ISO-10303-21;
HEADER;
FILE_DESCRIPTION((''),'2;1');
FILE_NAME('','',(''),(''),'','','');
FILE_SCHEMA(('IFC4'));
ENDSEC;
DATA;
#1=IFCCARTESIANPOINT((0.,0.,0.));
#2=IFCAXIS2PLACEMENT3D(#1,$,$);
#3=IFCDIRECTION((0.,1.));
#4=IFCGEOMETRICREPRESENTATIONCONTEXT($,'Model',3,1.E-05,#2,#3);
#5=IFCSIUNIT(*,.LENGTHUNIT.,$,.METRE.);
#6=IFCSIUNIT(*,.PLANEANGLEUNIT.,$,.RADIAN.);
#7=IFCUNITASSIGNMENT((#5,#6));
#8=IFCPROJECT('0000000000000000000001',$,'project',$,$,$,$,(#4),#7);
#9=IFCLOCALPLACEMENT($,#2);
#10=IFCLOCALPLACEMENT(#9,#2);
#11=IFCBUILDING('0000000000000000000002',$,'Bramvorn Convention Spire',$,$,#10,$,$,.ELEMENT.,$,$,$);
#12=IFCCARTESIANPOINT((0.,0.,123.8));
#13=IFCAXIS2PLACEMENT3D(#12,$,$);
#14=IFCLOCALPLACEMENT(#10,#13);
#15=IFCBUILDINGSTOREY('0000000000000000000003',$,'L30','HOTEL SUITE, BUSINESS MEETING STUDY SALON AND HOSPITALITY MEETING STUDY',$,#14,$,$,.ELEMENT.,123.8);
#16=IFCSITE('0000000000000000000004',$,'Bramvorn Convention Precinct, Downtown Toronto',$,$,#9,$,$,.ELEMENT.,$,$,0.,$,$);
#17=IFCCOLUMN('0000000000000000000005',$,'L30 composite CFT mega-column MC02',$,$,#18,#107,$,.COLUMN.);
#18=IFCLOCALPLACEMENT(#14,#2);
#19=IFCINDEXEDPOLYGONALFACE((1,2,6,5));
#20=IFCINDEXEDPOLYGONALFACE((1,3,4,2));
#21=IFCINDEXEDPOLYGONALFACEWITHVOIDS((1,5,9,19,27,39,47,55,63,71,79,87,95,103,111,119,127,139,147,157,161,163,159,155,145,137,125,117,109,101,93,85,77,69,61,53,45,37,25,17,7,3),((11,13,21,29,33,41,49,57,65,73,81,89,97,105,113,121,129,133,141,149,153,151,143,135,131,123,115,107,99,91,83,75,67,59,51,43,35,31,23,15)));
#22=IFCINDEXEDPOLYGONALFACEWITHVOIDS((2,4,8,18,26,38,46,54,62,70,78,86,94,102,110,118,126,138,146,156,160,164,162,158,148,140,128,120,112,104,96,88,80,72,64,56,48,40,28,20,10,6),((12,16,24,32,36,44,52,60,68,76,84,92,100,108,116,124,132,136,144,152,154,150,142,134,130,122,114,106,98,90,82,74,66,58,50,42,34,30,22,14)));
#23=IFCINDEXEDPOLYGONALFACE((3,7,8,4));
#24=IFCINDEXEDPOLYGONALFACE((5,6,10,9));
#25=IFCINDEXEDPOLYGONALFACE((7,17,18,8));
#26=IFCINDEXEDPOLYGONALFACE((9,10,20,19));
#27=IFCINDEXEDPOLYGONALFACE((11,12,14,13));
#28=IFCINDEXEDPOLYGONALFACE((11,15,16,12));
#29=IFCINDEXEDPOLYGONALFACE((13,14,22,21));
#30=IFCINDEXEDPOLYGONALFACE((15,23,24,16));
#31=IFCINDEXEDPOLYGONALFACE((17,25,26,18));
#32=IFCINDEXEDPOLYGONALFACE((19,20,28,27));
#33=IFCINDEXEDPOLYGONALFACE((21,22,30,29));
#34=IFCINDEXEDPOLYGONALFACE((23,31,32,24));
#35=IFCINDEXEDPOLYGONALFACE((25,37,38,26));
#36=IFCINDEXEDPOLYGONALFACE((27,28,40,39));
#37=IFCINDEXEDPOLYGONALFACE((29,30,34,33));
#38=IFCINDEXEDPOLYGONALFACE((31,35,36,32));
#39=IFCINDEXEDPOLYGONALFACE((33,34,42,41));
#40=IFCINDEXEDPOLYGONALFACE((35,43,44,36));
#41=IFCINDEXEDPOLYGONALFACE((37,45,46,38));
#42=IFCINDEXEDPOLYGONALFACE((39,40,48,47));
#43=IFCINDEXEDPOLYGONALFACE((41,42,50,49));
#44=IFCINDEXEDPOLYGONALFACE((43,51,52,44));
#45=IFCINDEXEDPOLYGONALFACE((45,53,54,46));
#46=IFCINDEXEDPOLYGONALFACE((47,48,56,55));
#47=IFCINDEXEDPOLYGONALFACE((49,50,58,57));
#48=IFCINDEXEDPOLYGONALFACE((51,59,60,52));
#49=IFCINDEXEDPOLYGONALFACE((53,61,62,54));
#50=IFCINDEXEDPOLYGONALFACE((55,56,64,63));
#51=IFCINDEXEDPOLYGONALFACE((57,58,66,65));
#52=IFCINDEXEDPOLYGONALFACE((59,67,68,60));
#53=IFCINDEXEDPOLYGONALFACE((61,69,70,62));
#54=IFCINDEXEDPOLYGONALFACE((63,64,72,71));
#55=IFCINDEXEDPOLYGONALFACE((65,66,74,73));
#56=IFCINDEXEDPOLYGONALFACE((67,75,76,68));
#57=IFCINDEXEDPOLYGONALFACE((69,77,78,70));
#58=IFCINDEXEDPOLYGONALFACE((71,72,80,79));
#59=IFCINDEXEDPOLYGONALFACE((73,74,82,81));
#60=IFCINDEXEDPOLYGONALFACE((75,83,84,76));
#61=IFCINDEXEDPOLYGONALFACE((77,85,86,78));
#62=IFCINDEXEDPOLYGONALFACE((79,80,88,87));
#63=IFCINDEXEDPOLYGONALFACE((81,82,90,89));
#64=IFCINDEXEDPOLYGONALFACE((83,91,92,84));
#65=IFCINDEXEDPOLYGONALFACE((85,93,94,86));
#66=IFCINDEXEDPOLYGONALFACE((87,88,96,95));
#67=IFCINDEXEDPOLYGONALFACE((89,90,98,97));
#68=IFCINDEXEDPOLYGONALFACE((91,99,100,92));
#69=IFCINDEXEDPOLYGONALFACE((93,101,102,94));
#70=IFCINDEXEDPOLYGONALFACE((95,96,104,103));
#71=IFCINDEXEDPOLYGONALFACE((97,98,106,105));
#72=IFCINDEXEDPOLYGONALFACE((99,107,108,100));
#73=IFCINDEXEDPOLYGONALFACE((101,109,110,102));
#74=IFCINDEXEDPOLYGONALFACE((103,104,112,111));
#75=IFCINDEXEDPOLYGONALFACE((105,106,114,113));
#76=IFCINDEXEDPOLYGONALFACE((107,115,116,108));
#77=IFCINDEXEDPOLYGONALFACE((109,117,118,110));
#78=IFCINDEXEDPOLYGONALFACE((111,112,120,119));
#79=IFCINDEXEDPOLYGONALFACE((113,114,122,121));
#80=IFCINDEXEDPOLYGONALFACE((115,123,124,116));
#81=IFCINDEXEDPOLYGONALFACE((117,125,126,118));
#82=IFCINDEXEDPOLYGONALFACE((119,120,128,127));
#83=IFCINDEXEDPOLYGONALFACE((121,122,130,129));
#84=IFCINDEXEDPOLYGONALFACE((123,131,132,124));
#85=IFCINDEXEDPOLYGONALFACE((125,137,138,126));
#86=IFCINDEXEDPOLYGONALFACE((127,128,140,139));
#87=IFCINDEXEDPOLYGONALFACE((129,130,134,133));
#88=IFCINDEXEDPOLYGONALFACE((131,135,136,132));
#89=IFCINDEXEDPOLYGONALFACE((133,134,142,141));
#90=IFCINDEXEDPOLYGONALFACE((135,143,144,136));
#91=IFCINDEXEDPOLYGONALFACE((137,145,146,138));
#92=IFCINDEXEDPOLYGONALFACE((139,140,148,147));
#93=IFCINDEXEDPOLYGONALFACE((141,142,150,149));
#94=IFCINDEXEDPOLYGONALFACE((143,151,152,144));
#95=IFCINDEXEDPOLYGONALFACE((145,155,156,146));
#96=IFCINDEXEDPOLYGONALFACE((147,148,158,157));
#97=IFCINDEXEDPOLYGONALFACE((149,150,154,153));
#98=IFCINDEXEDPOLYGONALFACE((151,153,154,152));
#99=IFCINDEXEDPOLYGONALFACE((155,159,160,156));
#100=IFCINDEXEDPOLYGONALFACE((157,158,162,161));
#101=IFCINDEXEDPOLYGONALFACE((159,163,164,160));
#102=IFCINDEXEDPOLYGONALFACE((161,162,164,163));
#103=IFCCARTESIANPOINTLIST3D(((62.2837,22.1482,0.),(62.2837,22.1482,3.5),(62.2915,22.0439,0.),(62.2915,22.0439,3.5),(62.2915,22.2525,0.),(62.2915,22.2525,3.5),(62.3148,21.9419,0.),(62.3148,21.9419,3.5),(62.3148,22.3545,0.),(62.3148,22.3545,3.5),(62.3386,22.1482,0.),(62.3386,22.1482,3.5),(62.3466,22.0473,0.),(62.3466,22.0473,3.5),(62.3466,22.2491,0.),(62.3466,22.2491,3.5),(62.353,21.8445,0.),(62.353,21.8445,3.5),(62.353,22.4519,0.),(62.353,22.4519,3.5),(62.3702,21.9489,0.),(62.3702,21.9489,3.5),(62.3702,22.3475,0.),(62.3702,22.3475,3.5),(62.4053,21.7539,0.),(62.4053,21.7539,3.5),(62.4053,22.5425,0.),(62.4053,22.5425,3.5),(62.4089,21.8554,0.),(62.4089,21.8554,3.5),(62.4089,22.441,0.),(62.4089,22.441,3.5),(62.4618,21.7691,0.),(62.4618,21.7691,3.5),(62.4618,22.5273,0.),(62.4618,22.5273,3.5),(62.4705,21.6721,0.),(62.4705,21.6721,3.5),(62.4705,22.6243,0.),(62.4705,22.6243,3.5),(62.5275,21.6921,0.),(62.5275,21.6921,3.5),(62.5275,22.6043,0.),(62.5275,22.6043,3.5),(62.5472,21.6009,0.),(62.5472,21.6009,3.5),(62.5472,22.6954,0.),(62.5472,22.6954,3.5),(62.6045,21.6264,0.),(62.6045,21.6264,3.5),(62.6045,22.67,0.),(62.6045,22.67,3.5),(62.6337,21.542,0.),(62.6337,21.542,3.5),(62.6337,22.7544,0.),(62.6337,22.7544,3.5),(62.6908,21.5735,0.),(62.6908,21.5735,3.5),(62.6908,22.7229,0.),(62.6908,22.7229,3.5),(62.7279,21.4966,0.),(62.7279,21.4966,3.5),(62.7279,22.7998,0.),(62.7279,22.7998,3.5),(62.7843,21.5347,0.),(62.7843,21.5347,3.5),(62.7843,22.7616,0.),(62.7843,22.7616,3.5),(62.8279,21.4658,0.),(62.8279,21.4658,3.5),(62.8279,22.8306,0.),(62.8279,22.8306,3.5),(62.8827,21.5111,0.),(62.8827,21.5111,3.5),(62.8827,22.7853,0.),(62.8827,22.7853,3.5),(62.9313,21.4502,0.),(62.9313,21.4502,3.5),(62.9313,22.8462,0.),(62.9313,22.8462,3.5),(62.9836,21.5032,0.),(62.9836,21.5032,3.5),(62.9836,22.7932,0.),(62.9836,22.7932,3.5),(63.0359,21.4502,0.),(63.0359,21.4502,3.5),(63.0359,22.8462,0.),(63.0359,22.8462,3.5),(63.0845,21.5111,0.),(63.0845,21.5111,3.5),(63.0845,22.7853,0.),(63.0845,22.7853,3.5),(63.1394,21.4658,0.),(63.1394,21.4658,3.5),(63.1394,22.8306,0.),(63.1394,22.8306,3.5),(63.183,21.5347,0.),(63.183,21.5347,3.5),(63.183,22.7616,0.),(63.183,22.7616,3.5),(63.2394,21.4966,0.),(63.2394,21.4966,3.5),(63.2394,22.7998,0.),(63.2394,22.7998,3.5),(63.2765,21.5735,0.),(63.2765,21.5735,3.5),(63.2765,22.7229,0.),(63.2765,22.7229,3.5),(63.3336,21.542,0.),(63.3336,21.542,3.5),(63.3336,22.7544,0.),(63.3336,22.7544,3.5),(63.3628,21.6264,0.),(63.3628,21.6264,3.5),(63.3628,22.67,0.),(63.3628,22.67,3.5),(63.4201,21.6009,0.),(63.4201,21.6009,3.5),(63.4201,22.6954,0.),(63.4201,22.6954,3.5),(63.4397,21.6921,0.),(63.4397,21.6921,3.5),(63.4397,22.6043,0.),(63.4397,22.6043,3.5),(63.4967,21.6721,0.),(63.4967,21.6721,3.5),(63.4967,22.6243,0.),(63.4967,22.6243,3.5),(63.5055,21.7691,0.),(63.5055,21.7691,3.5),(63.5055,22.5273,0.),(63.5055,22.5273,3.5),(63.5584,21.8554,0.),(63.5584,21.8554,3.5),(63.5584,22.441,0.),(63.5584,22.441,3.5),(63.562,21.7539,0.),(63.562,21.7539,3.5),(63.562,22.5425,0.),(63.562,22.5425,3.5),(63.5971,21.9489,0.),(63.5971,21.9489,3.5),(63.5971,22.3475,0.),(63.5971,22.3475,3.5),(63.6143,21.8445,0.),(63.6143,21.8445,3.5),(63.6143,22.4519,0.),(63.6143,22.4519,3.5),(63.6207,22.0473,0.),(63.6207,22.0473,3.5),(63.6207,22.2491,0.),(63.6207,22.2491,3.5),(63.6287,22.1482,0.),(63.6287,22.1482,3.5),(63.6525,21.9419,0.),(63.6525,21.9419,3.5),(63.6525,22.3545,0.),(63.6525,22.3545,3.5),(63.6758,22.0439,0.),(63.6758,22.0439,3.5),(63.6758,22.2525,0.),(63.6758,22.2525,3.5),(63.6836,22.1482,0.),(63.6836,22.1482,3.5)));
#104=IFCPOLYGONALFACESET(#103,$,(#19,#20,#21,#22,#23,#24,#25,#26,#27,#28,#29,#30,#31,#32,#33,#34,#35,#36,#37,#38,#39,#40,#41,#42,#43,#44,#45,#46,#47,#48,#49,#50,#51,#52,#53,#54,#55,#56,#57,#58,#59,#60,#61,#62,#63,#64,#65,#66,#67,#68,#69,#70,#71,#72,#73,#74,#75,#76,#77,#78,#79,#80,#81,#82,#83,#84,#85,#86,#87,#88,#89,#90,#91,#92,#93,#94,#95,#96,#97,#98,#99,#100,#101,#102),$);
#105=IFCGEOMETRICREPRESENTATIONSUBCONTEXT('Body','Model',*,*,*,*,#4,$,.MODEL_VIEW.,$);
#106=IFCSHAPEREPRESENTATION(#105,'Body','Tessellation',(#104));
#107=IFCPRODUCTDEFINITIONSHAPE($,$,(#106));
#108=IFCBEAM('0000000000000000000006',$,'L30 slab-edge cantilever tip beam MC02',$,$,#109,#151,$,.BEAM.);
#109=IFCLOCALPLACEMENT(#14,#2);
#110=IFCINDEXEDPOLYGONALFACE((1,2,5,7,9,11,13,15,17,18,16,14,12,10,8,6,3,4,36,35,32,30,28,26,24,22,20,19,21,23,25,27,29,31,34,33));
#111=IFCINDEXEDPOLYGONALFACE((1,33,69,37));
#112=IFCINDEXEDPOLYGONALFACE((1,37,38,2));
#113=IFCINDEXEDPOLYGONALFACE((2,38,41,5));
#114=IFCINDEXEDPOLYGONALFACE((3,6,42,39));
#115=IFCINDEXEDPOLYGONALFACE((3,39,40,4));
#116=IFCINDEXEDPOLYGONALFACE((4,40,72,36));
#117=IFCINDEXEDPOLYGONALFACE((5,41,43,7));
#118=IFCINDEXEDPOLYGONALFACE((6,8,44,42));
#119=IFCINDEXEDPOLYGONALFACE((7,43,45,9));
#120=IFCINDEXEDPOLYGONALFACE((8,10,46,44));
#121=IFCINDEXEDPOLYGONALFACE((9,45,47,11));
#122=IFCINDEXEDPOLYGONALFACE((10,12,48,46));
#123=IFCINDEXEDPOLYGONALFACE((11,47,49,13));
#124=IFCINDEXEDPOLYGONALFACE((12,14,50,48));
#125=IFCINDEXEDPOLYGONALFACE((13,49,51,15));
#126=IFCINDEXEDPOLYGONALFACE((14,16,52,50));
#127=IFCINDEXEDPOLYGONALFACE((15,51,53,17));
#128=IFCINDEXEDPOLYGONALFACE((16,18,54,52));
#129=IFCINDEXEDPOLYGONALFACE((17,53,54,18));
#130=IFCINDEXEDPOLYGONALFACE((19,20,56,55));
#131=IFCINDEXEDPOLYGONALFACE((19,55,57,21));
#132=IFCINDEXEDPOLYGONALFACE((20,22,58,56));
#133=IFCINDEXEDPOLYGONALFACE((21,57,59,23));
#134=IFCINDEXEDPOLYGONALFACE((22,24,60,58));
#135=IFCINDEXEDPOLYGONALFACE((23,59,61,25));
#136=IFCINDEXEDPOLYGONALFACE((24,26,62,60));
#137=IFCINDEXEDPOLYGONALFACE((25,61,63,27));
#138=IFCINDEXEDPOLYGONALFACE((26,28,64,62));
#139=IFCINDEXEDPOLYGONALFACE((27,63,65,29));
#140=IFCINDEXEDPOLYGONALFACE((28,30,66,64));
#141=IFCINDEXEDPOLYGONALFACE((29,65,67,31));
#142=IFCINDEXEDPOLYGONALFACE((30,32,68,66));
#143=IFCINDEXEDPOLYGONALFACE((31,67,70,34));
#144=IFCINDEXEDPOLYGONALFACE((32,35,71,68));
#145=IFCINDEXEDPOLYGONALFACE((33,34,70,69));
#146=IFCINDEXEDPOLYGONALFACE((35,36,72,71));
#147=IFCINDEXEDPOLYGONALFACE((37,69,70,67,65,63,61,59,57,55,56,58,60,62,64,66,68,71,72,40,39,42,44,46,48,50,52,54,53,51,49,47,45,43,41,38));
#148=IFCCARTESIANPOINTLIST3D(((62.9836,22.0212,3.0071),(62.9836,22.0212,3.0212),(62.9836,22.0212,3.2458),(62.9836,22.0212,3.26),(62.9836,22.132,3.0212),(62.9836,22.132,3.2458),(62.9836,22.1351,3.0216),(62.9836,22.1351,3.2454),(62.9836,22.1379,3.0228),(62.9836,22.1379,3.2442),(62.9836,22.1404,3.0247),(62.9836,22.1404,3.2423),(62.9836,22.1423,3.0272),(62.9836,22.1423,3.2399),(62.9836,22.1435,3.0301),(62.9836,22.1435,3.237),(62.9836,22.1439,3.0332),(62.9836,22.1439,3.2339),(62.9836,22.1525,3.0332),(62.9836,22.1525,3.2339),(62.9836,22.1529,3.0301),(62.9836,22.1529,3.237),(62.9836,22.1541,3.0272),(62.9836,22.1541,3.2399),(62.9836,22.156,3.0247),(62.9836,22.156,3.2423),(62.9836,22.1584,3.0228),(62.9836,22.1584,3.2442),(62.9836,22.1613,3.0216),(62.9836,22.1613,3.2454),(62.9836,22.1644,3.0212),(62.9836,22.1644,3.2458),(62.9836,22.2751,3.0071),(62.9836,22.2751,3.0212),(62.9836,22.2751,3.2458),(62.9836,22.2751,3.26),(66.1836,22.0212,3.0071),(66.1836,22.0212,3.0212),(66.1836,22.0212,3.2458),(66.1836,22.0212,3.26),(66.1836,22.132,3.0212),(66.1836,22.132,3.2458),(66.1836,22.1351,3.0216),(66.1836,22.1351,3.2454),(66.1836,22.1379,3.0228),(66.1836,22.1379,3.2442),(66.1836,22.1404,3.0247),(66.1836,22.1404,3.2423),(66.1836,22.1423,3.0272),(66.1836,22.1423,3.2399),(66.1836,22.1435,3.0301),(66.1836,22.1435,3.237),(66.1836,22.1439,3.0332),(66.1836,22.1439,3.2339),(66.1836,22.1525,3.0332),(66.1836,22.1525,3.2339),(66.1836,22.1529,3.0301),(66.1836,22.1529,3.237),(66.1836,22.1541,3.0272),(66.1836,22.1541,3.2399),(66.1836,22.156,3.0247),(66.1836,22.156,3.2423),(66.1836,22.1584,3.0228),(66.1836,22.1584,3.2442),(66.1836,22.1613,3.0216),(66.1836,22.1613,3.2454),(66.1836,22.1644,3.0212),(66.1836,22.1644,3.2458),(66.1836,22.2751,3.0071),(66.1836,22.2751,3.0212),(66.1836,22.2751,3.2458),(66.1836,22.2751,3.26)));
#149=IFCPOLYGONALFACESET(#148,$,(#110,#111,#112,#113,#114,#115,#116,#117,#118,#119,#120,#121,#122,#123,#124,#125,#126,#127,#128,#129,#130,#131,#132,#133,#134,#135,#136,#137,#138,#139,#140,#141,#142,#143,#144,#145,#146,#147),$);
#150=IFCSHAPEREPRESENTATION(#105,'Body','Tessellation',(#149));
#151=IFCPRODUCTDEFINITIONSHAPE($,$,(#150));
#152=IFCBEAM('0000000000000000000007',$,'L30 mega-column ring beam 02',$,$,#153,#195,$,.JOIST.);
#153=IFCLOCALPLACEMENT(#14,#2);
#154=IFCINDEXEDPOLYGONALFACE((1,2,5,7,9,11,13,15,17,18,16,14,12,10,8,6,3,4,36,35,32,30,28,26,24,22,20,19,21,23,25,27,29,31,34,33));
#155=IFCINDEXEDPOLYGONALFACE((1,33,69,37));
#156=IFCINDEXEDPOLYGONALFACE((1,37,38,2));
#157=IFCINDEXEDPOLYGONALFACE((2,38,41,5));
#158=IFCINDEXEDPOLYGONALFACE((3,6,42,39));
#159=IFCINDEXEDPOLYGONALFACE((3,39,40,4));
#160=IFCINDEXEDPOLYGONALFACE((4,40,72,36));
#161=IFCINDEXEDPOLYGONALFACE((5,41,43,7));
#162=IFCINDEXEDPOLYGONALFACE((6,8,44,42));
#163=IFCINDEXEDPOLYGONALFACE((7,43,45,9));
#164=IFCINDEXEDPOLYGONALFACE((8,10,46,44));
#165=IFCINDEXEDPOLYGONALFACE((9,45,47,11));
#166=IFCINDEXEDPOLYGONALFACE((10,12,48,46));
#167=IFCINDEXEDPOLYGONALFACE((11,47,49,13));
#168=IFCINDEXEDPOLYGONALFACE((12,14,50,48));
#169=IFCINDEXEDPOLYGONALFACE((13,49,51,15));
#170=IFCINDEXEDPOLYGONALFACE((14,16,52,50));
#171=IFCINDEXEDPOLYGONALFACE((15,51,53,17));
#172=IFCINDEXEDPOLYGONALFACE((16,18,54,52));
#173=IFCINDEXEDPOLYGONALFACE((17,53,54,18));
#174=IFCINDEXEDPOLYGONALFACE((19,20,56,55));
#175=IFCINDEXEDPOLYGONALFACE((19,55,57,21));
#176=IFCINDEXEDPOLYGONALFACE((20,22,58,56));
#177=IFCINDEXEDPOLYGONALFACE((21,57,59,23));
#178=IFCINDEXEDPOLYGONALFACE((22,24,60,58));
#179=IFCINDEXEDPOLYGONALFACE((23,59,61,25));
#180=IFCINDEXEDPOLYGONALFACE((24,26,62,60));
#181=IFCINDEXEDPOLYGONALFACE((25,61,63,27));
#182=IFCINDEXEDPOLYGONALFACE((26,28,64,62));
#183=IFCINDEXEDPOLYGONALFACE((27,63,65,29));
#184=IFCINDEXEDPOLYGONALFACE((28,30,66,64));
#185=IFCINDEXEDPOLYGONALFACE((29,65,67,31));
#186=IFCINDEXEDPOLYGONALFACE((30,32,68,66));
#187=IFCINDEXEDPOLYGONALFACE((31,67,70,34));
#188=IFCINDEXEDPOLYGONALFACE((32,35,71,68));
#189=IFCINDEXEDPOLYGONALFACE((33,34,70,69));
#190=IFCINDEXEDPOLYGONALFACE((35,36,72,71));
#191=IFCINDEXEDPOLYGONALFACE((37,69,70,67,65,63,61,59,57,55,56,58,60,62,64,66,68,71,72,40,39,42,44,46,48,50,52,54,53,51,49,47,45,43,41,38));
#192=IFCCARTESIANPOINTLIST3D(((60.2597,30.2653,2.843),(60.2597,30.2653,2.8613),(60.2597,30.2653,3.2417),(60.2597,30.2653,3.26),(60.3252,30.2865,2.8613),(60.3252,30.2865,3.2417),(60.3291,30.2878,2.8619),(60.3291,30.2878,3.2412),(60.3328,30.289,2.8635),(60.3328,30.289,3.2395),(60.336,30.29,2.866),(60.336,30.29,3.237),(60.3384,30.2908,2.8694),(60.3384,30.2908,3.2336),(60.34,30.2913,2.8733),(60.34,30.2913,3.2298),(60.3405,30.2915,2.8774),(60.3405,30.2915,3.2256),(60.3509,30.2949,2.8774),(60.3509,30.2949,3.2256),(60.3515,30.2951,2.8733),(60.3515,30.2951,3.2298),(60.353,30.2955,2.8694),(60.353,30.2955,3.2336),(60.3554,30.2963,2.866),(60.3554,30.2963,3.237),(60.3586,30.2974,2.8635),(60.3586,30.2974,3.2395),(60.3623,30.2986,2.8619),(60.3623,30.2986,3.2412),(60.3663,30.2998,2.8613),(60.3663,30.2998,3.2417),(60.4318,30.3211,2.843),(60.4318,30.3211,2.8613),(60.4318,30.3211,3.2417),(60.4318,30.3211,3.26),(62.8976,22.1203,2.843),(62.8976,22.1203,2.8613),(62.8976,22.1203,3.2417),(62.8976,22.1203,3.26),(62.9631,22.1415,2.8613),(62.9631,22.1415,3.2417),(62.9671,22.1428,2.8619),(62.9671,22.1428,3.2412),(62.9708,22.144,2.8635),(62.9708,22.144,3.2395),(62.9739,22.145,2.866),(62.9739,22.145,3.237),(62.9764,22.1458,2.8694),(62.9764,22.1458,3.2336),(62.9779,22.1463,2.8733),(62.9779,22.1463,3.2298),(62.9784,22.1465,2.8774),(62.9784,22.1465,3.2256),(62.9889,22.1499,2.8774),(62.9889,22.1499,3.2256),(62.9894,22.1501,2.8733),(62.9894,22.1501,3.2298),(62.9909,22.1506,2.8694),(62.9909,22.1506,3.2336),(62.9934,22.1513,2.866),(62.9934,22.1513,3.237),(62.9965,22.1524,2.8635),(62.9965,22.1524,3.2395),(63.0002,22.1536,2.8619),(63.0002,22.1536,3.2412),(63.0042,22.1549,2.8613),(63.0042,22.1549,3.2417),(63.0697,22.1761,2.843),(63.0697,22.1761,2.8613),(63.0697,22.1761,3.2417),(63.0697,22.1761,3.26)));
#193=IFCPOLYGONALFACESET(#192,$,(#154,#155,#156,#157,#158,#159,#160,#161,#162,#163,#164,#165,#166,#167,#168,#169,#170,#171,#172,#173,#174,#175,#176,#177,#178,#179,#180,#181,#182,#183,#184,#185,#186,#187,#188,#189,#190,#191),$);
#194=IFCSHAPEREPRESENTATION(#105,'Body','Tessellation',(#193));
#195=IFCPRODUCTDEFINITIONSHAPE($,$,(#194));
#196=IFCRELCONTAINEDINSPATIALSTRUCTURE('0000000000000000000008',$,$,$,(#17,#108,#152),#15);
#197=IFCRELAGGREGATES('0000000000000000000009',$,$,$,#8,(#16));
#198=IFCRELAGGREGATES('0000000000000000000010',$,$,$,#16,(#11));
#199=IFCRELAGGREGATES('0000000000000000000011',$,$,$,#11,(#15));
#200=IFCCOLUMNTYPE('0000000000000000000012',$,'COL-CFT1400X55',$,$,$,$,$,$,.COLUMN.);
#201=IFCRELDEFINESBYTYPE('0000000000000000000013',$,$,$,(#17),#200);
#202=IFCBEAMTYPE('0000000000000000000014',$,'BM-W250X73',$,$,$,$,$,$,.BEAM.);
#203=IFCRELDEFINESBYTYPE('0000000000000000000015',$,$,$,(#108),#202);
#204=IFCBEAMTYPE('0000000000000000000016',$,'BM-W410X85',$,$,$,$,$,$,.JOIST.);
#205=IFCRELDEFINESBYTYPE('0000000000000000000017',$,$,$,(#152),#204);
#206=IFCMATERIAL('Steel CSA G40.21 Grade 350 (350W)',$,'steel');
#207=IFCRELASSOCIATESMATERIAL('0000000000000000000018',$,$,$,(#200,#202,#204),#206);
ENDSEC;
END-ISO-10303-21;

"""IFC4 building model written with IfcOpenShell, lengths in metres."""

from ifc_helpers import new_model, si_unit, direction, frame, origin, origin_2d, place, context, subcontext, project, spatial, hollow_circle, i_section, extrude, material, material_profile, profile_set, type_object, element, save


model = new_model("IFC4")

# Units and contexts
model_context = context("Model", 3, precision=1e-05, world=origin(), true_north=direction((0.0, 1.0)))
body_context = subcontext(model_context, "Body", "Model", "MODEL_VIEW")
ifc_project = project(units=[si_unit("LENGTHUNIT", "METRE"), si_unit("PLANEANGLEUNIT", "RADIAN")], contexts=[model_context])

# Site, building, storey
site_placement = place(None, origin())
site = spatial("IfcSite", under=ifc_project, at=site_placement, Name="Bramvorn Convention Precinct, Downtown Toronto", CompositionType="ELEMENT", RefElevation=0.0)
building_placement = place(site_placement, origin())
building = spatial("IfcBuilding", under=site, at=building_placement, Name="Bramvorn Convention Spire", CompositionType="ELEMENT")
storey_placement = place(building_placement, frame((0.0, 0.0, 123.8)))
storey = spatial("IfcBuildingStorey", under=building, at=storey_placement, Name="L30", Description="HOTEL SUITE, BUSINESS MEETING STUDY SALON AND HOSPITALITY MEETING STUDY", CompositionType="ELEMENT", Elevation=123.8)

# Column
ifc_material_1 = material(Name="Steel CSA G40.21 Grade 350 (350W)", Category="steel")
ifc_material_profile_1 = material_profile(ifc_material_1, hollow_circle(Radius=0.7, WallThickness=0.0549, at=origin_2d()))
ifc_profile_set_1 = profile_set([ifc_material_profile_1], Name="Steel CSA G40.21 Grade 350 (350W) - CFT1400X55")
column_type = type_object("IfcColumnType", Name="COL-CFT1400X55", PredefinedType="COLUMN", material=ifc_profile_set_1)
column_placement = place(storey_placement, frame((62.9836, 22.1482, 0.0), z_axis=(0.0, 0.0, 1.0), x_axis=(1.0, 0.0, 0.0)))
element("IfcColumn", 1, at=column_placement, inside=storey, type_object=column_type, Name="L30 composite CFT mega-column MC02", PredefinedType="COLUMN", context=body_context, shape_type="SweptSolid", body=[
    extrude(hollow_circle(Radius=0.7, WallThickness=0.0549, at=origin_2d()), origin(), (0.0, 0.0, 1.0), 3.5),
])

# Beams
ifc_material_profile_2 = material_profile(ifc_material_1, i_section(OverallWidth=0.2539, OverallDepth=0.2529, WebThickness=0.0085, FlangeThickness=0.0142, FilletRadius=0.012, at=origin_2d()))
ifc_profile_set_2 = profile_set([ifc_material_profile_2], Name="Steel CSA G40.21 Grade 350 (350W) - W250X73")
beam_type_1 = type_object("IfcBeamType", Name="BM-W250X73", PredefinedType="BEAM", material=ifc_profile_set_2)
beam_1_placement = place(storey_placement, frame((62.9836, 22.1482, 3.1335), z_axis=(1.0, 0.0, 0.0), x_axis=(0.0, 1.0, 0.0)))
element("IfcBeam", 2, at=beam_1_placement, inside=storey, type_object=beam_type_1, Name="L30 slab-edge cantilever tip beam MC02", PredefinedType="BEAM", context=body_context, shape_type="SweptSolid", body=[
    extrude(i_section(OverallWidth=0.2539, OverallDepth=0.2529, WebThickness=0.0085, FlangeThickness=0.0142, FilletRadius=0.012, at=origin_2d()), origin(), (0.0, 0.0, 1.0), 3.2),
])
ifc_material_profile_3 = material_profile(ifc_material_1, i_section(OverallWidth=0.1809, OverallDepth=0.417, WebThickness=0.011, FlangeThickness=0.0183, FilletRadius=0.0161, at=origin_2d()))
ifc_profile_set_3 = profile_set([ifc_material_profile_3], Name="Steel CSA G40.21 Grade 350 (350W) - W410X85")
beam_type_2 = type_object("IfcBeamType", Name="BM-W410X85", PredefinedType="JOIST", material=ifc_profile_set_3)
beam_2_placement = place(storey_placement, frame((62.9836, 22.1482, 3.0515), z_axis=(-0.308115, 0.951349, 0.0), x_axis=(-0.951349, -0.308115, 0.0)))
element("IfcBeam", 3, at=beam_2_placement, inside=storey, type_object=beam_type_2, Name="L30 mega-column ring beam 02", PredefinedType="JOIST", context=body_context, shape_type="SweptSolid", body=[
    extrude(i_section(OverallWidth=0.1809, OverallDepth=0.417, WebThickness=0.011, FlangeThickness=0.0183, FilletRadius=0.0161, at=origin_2d()), origin(), (0.0, 0.0, 1.0), 8.5615),
])

save(model, "model.ifc")
